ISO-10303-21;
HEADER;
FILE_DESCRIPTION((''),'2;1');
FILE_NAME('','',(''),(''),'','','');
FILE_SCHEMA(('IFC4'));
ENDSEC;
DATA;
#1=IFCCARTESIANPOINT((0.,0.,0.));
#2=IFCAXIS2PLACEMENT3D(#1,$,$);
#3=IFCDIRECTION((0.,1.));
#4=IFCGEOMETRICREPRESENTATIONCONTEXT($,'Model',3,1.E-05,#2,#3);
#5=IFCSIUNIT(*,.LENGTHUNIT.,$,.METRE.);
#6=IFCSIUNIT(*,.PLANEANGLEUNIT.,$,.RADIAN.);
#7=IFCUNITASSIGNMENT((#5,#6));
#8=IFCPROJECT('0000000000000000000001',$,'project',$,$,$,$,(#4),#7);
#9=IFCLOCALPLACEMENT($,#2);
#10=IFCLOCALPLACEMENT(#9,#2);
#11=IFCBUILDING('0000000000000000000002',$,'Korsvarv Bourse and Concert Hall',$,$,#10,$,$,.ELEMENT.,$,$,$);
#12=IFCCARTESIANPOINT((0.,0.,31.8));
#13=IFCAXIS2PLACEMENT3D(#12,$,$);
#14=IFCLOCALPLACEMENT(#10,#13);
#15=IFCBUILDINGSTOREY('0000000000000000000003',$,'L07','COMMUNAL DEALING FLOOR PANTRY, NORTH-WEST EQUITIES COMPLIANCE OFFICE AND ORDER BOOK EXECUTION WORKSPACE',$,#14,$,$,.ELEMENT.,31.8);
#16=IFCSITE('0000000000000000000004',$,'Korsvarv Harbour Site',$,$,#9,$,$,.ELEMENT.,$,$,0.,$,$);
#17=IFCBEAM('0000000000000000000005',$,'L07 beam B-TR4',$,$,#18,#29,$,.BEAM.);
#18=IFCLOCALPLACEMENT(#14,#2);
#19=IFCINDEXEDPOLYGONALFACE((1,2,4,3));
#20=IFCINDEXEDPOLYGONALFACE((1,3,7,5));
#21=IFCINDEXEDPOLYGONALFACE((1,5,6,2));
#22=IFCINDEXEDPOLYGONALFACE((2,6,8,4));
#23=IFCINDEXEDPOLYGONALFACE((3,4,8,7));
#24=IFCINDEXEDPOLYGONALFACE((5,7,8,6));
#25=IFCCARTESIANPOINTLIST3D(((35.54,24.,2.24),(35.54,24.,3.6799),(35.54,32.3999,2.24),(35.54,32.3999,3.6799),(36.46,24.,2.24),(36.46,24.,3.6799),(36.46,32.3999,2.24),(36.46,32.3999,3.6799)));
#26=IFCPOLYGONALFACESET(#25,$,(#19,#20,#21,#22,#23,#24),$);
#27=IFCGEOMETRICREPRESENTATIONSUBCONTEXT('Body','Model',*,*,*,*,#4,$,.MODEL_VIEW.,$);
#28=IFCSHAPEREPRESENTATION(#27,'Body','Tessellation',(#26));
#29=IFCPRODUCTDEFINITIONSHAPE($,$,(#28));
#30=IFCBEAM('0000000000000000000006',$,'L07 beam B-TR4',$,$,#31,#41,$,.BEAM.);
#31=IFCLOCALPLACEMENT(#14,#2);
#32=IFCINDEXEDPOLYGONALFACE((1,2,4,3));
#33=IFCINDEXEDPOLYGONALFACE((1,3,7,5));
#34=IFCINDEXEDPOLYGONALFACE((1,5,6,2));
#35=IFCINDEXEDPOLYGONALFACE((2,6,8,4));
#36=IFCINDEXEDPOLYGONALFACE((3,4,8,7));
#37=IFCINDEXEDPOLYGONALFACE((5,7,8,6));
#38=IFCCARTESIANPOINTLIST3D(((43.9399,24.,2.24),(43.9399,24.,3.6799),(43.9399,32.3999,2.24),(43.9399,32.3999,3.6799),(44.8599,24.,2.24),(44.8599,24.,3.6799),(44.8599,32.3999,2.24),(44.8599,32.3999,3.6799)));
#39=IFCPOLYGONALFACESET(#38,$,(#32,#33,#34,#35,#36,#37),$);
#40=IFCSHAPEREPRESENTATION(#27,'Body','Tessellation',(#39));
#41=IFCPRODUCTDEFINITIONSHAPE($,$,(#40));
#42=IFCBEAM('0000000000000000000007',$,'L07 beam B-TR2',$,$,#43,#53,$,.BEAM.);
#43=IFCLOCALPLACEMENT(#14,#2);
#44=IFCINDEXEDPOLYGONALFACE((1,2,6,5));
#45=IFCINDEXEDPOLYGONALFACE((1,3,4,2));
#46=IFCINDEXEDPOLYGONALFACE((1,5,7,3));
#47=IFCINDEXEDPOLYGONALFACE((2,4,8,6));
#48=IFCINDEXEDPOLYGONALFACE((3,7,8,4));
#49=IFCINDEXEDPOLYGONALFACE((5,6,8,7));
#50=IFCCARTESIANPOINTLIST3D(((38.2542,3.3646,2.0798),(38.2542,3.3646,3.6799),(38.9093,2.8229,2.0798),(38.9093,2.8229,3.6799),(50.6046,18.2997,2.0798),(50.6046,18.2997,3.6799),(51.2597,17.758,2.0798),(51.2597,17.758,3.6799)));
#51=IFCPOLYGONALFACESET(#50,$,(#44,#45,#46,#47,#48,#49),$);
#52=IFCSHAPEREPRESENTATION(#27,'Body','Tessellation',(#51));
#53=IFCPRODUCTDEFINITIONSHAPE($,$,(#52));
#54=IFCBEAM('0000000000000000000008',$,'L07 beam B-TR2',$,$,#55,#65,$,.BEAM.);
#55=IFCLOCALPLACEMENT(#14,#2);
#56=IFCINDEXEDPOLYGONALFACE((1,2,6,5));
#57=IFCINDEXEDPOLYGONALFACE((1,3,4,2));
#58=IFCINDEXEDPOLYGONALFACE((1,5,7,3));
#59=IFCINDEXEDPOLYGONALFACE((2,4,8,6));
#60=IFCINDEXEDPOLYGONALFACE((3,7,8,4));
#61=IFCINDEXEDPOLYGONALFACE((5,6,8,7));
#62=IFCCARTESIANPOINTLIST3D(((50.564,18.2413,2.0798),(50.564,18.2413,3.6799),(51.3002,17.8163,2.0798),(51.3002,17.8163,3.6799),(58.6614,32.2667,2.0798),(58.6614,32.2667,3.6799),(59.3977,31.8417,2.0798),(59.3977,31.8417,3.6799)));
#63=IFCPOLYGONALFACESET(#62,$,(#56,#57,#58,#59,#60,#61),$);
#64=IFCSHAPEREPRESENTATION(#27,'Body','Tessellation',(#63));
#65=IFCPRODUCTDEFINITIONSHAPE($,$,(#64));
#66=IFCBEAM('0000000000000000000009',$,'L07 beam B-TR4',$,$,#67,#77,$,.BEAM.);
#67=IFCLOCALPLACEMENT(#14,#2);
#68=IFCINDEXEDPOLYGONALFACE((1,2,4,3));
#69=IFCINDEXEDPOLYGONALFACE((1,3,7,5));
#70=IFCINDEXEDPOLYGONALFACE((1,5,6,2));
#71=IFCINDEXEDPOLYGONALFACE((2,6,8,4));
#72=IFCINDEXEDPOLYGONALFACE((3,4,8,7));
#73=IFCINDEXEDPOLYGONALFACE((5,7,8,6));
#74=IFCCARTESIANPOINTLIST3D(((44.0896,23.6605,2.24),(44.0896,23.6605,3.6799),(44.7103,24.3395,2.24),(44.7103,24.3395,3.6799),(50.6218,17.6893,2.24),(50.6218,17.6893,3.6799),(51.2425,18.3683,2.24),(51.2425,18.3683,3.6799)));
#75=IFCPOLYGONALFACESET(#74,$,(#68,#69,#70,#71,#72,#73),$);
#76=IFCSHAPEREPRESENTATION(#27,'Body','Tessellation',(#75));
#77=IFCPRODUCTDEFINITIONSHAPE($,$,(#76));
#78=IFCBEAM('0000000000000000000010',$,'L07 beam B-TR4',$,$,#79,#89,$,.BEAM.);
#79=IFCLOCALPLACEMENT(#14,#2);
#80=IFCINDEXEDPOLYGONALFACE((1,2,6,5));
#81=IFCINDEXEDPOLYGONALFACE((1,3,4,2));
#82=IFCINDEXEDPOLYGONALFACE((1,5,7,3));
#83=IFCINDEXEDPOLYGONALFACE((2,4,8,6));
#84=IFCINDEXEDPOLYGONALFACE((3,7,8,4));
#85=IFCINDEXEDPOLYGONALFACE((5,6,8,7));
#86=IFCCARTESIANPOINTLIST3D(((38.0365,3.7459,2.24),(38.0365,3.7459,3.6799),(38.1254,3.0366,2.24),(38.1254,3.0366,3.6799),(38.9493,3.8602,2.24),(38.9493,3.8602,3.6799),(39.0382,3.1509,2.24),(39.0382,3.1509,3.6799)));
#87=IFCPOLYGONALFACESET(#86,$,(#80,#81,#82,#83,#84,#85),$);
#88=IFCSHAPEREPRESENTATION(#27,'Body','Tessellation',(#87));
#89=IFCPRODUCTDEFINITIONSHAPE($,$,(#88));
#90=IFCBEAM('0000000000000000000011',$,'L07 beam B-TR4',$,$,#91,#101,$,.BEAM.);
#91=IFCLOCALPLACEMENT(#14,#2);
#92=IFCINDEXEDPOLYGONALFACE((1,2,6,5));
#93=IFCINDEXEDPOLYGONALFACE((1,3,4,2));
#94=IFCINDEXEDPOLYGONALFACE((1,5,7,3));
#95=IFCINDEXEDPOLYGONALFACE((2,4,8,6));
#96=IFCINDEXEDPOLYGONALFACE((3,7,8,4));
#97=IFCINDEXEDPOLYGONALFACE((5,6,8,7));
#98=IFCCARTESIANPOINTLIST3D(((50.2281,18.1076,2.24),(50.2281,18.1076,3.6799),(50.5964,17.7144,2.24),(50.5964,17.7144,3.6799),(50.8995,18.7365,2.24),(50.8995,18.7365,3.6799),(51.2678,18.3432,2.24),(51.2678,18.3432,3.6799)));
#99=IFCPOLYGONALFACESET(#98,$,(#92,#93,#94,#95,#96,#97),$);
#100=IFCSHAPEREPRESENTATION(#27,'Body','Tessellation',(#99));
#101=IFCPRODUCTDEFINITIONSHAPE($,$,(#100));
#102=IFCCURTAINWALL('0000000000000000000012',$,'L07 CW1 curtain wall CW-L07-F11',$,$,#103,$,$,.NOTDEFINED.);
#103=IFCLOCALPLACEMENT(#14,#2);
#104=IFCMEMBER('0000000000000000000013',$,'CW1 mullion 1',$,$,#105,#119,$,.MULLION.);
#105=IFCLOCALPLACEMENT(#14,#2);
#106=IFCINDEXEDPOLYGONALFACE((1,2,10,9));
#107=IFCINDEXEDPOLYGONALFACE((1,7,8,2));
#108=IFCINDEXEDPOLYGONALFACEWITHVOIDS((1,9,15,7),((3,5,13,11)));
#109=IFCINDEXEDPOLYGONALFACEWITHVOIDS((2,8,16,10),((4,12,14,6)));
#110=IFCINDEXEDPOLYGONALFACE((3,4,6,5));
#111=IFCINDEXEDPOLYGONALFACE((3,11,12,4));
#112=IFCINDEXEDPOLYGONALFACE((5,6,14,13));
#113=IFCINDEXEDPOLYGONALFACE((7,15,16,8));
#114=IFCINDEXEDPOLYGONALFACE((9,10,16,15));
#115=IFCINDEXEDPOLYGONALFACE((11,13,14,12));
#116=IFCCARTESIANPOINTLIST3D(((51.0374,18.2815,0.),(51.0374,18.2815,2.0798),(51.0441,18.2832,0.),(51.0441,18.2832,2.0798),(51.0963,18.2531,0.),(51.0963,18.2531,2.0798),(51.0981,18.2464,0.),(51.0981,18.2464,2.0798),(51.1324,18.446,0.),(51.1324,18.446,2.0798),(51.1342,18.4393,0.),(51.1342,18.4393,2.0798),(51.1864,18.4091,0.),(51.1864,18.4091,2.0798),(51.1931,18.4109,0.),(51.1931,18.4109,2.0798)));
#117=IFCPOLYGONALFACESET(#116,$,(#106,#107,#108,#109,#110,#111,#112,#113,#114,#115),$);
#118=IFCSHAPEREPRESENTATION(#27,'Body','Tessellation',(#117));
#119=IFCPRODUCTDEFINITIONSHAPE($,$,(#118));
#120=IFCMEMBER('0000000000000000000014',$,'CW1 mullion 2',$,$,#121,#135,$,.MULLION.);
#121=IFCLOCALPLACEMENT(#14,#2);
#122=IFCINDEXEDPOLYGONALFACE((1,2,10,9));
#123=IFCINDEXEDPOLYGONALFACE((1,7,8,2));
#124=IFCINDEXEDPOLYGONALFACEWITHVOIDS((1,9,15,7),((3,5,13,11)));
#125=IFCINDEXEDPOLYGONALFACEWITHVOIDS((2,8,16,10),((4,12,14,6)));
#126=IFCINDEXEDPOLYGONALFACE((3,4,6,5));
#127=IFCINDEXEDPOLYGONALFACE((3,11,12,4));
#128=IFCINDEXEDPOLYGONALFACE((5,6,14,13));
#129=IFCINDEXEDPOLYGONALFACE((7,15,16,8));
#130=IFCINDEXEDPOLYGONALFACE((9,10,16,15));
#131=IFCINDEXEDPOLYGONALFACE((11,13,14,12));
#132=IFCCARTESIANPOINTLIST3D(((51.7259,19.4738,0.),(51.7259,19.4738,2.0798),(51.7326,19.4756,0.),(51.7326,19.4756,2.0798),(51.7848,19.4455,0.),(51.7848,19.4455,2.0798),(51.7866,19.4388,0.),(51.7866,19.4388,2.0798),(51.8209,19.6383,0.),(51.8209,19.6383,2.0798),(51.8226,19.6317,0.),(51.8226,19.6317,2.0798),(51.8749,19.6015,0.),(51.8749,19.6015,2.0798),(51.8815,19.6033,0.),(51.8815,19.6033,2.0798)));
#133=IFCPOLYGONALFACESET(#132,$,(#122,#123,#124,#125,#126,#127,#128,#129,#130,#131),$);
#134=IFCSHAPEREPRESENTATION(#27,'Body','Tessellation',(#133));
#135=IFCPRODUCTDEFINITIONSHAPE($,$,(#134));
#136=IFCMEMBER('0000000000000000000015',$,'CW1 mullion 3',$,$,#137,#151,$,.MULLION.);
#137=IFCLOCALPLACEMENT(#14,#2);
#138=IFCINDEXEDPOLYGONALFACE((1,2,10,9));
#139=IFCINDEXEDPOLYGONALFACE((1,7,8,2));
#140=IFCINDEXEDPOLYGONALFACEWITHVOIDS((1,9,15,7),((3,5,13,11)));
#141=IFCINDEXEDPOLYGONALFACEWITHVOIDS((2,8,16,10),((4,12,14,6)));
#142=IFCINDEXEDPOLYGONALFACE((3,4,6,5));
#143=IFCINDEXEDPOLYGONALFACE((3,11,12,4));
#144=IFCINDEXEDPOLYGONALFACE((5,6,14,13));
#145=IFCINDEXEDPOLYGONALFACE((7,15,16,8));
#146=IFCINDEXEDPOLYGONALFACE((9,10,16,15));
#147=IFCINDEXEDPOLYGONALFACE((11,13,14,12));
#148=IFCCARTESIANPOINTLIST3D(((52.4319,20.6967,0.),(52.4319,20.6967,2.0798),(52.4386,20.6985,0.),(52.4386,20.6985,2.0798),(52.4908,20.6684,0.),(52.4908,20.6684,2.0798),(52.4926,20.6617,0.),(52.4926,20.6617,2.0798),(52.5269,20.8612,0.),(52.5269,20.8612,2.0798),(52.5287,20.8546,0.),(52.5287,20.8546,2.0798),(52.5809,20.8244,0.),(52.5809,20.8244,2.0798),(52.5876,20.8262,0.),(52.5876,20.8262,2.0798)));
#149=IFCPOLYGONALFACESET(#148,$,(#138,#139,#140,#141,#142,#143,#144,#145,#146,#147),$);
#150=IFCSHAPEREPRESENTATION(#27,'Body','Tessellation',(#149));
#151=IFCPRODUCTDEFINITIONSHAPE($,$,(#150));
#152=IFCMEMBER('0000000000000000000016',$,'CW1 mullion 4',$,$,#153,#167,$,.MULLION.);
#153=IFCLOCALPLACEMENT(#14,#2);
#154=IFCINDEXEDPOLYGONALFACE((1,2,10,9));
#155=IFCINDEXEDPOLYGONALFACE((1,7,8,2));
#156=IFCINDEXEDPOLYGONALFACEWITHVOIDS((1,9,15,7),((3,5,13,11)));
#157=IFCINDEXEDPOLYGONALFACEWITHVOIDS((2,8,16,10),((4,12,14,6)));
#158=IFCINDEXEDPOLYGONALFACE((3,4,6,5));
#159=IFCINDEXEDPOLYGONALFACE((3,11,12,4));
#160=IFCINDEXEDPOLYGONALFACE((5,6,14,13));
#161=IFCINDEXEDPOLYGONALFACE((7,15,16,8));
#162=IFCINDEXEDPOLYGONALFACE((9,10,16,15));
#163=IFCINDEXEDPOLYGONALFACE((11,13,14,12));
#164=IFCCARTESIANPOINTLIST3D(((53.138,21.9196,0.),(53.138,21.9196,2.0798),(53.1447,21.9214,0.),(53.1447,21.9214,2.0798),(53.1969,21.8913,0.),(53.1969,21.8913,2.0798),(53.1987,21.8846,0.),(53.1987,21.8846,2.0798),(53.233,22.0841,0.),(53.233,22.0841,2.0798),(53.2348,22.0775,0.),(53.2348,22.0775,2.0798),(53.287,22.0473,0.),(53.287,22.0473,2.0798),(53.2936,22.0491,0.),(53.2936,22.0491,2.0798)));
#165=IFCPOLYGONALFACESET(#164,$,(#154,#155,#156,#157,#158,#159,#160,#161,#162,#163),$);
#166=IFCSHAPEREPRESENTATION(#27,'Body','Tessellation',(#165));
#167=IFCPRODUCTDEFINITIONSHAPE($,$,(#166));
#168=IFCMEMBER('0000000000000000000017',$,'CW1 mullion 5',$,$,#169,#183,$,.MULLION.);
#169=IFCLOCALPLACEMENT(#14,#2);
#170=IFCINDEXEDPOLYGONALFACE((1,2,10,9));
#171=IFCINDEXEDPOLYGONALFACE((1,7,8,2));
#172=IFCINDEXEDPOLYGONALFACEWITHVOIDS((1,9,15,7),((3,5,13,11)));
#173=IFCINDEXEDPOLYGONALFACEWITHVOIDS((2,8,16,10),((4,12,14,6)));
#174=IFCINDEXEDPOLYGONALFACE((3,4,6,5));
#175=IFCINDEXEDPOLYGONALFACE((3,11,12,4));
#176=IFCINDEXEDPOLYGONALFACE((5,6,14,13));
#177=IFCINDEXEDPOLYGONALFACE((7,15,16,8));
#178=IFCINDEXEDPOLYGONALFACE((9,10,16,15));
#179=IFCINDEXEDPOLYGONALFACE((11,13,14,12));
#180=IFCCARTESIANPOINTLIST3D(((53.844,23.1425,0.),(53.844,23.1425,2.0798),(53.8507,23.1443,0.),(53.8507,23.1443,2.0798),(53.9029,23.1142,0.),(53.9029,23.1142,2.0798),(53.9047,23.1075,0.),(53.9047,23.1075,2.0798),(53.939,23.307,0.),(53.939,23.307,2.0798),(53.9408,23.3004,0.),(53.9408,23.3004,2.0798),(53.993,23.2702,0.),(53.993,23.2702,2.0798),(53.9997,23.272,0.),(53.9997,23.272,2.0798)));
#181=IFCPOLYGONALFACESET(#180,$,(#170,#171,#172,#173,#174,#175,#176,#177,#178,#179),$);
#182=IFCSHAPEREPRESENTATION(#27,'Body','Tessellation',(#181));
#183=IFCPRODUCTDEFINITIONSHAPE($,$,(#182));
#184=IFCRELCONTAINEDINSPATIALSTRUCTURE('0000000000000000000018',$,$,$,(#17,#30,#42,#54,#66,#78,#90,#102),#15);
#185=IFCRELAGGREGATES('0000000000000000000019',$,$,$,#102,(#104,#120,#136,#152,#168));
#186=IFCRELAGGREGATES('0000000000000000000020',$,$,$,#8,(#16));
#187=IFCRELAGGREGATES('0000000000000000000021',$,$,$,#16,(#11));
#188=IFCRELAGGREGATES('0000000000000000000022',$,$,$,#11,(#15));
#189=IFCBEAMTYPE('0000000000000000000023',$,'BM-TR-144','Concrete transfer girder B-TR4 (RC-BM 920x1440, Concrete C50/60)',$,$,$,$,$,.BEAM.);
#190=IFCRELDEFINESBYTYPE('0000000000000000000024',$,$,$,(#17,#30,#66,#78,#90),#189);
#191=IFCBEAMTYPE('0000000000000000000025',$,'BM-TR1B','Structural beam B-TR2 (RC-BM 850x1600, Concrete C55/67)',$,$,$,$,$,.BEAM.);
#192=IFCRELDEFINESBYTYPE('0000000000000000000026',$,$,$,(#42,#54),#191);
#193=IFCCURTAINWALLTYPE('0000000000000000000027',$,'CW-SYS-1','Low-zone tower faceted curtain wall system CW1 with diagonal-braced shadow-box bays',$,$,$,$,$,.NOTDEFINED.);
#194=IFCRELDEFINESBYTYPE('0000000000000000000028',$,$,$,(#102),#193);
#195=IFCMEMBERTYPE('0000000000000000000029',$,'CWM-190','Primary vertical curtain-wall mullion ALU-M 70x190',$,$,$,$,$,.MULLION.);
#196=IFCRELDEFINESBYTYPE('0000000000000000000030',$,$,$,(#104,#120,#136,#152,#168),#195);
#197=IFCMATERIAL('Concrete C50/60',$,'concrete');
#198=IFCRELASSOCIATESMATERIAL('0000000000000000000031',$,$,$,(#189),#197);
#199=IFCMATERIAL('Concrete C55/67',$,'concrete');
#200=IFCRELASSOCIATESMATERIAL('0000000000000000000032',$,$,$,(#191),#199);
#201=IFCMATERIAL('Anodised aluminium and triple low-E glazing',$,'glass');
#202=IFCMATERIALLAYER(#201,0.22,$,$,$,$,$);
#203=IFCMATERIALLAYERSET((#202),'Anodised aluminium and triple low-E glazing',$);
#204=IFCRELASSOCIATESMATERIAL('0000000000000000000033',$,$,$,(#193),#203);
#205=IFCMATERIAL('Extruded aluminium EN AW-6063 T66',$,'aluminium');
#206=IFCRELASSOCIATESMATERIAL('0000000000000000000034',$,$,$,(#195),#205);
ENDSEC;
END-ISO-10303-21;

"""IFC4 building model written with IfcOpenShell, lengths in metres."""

from ifc_helpers import new_model, si_unit, direction, frame, origin, origin_2d, place, context, subcontext, project, spatial, rectangle, hollow_rectangle, extrude, source, transform, mapped, material, layer, layer_set, material_profile, profile_set, type_object, element, aggregate, save


model = new_model("IFC4")

# Units and contexts
model_context = context("Model", 3, precision=1e-05, world=origin(), true_north=direction((0.0, 1.0)))
body_context = subcontext(model_context, "Body", "Model", "MODEL_VIEW")
ifc_project = project(units=[si_unit("LENGTHUNIT", "METRE"), si_unit("PLANEANGLEUNIT", "RADIAN")], contexts=[model_context])

# Site, building, storey
site_placement = place(None, origin())
site = spatial("IfcSite", under=ifc_project, at=site_placement, Name="Korsvarv Harbour Site", CompositionType="ELEMENT", RefElevation=0.0)
building_placement = place(site_placement, origin())
building = spatial("IfcBuilding", under=site, at=building_placement, Name="Korsvarv Bourse and Concert Hall", CompositionType="ELEMENT")
storey_placement = place(building_placement, frame((0.0, 0.0, 31.8)))
storey = spatial("IfcBuildingStorey", under=building, at=storey_placement, Name="L07", Description="COMMUNAL DEALING FLOOR PANTRY, NORTH-WEST EQUITIES COMPLIANCE OFFICE AND ORDER BOOK EXECUTION WORKSPACE", CompositionType="ELEMENT", Elevation=31.8)

# Beams
ifc_material_1 = material(Name="Concrete C50/60", Category="concrete")
ifc_material_profile_1 = material_profile(ifc_material_1, rectangle(XDim=0.9199, YDim=1.4399, at=origin_2d()), Name="RC-BM 920x1440")
ifc_profile_set_1 = profile_set([ifc_material_profile_1], Name="Concrete C50/60")
beam_type_1 = type_object("IfcBeamType", Name="BM-TR-144", Description="Concrete transfer girder B-TR4 (RC-BM 920x1440, Concrete C50/60)", PredefinedType="BEAM", material=ifc_profile_set_1)
shared_shape_1 = source(origin(), body_context, "Body", "SweptSolid", [
    extrude(rectangle(XDim=0.9199, YDim=1.4399, at=origin_2d()), origin(), (0.0, 0.0, 1.0), 8.3999),
])
for number, where, z_axis, x_axis, name in (
    (1, (36.0, 24.0, 2.96), (0.0, 1.0, 0.0), (-1.0, 0.0, 0.0), "L07 beam B-TR4"),
    (2, (44.3999, 24.0, 2.96), (0.0, 1.0, 0.0), (-1.0, 0.0, 0.0), "L07 beam B-TR4"),
):
    element("IfcBeam", number, at=place(storey_placement, frame(where, z_axis=z_axis, x_axis=x_axis)), inside=storey, type_object=beam_type_1, Name=name, PredefinedType="BEAM", context=body_context, shape_type="MappedRepresentation", body=[
        mapped(shared_shape_1, transform((0.0, 0.0, 0.0), scale=1.0)),
    ])
ifc_material_2 = material(Name="Concrete C55/67", Category="concrete")
ifc_material_profile_2 = material_profile(ifc_material_2, rectangle(XDim=0.8501, YDim=1.6001, at=origin_2d()), Name="RC-BM 850x1600")
ifc_profile_set_2 = profile_set([ifc_material_profile_2], Name="Concrete C55/67")
beam_type_2 = type_object("IfcBeamType", Name="BM-TR1B", Description="Structural beam B-TR2 (RC-BM 850x1600, Concrete C55/67)", PredefinedType="BEAM", material=ifc_profile_set_2)
shared_shape_2 = source(origin(), body_context, "Body", "SweptSolid", [
    extrude(rectangle(XDim=0.8501, YDim=1.6001, at=origin_2d()), origin(), (0.0, 0.0, 1.0), 19.3801),
])
beam_1_placement = place(storey_placement, frame((38.5818, 3.0938, 2.8799), z_axis=(0.63727, 0.77064, 0.0), x_axis=(-0.77064, 0.63727, 0.0)))
element("IfcBeam", 3, at=beam_1_placement, inside=storey, type_object=beam_type_2, Name="L07 beam B-TR2", PredefinedType="BEAM", context=body_context, shape_type="MappedRepresentation", body=[
    mapped(shared_shape_2, transform((0.0, 0.0, 0.0), scale=1.0)),
])
shared_shape_3 = source(origin(), body_context, "Body", "SweptSolid", [
    extrude(rectangle(XDim=0.8501, YDim=1.6001, at=origin_2d()), origin(), (0.0, 0.0, 1.0), 16.1951),
])
beam_2_placement = place(storey_placement, frame((50.9321, 18.0288, 2.8799), z_axis=(0.499993, 0.866029, 0.0), x_axis=(-0.866029, 0.499993, 0.0)))
element("IfcBeam", 4, at=beam_2_placement, inside=storey, type_object=beam_type_2, Name="L07 beam B-TR2", PredefinedType="BEAM", context=body_context, shape_type="MappedRepresentation", body=[
    mapped(shared_shape_3, transform((0.0, 0.0, 0.0), scale=1.0)),
])
shared_shape_4 = source(origin(), body_context, "Body", "SweptSolid", [
    extrude(rectangle(XDim=0.9199, YDim=1.4399, at=origin_2d()), origin(), (0.0, 0.0, 1.0), 8.8501),
])
beam_3_placement = place(storey_placement, frame((50.9321, 18.0288, 2.96), z_axis=(-0.738092, 0.6747, 0.0), x_axis=(-0.6747, -0.738092, 0.0)))
element("IfcBeam", 5, at=beam_3_placement, inside=storey, type_object=beam_type_1, Name="L07 beam B-TR4", PredefinedType="BEAM", context=body_context, shape_type="MappedRepresentation", body=[
    mapped(shared_shape_4, transform((0.0, 0.0, 0.0), scale=1.0)),
])
shared_shape_5 = source(origin(), body_context, "Body", "SweptSolid", [
    extrude(rectangle(XDim=0.9199, YDim=1.4399, at=origin_2d()), origin(), (0.0, 0.0, 1.0), 0.7148),
])
beam_4_placement = place(storey_placement, frame((38.5818, 3.0938, 2.96), z_axis=(-0.124329, 0.992241, 0.0), x_axis=(-0.992241, -0.124329, 0.0)))
element("IfcBeam", 6, at=beam_4_placement, inside=storey, type_object=beam_type_1, Name="L07 beam B-TR4", PredefinedType="BEAM", context=body_context, shape_type="MappedRepresentation", body=[
    mapped(shared_shape_5, transform((0.0, 0.0, 0.0), scale=1.0)),
])
shared_shape_6 = source(origin(), body_context, "Body", "SweptSolid", [
    extrude(rectangle(XDim=0.9199, YDim=1.4399, at=origin_2d()), origin(), (0.0, 0.0, 1.0), 0.5388),
])
beam_5_placement = place(storey_placement, frame((50.9321, 18.0288, 2.96), z_axis=(-0.683625, 0.729834, 0.0), x_axis=(-0.729834, -0.683625, 0.0)))
element("IfcBeam", 7, at=beam_5_placement, inside=storey, type_object=beam_type_1, Name="L07 beam B-TR4", PredefinedType="BEAM", context=body_context, shape_type="MappedRepresentation", body=[
    mapped(shared_shape_6, transform((0.0, 0.0, 0.0), scale=1.0)),
])

# Curtain wall, members
ifc_material_3 = material(Name="Anodised aluminium and triple low-E glazing", Category="glass")
ifc_layer_1 = layer(ifc_material_3, 0.22)
ifc_layer_set_1 = layer_set([ifc_layer_1], Name="Anodised aluminium and triple low-E glazing")
curtain_wall_type = type_object("IfcCurtainWallType", Name="CW-SYS-1", Description="Low-zone tower faceted curtain wall system CW1 with diagonal-braced shadow-box bays", PredefinedType="NOTDEFINED", material=ifc_layer_set_1)
curtain_wall_placement = place(storey_placement, origin())
curtain_wall = element("IfcCurtainWall", 8, at=curtain_wall_placement, inside=storey, type_object=curtain_wall_type, Name="L07 CW1 curtain wall CW-L07-F11", PredefinedType="NOTDEFINED")
ifc_material_4 = material(Name="Extruded aluminium EN AW-6063 T66", Category="aluminium")
ifc_material_profile_3 = material_profile(ifc_material_4, hollow_rectangle(XDim=0.0701, YDim=0.1899, WallThickness=0.0049, at=origin_2d()), Name="ALU-M 70x190")
ifc_profile_set_3 = profile_set([ifc_material_profile_3], Name="Extruded aluminium EN AW-6063 T66")
member_type_1 = type_object("IfcMemberType", Name="CWM-190", Description="Primary vertical curtain-wall mullion ALU-M 70x190", PredefinedType="MULLION", material=ifc_profile_set_3)
shared_shape_7 = source(origin(), body_context, "Body", "SweptSolid", [
    extrude(hollow_rectangle(XDim=0.0701, YDim=0.1899, WallThickness=0.0049, at=origin_2d()), origin(), (0.0, 0.0, 1.0), 2.0798),
])
member_1_placement = place(storey_placement, frame((51.1152, 18.3462, 0.0), z_axis=(0.0, 0.0, 1.0), x_axis=(-0.866029, 0.499995, 0.0)))
member_1 = element("IfcMember", 9, at=member_1_placement, type_object=member_type_1, Name="CW1 mullion 1", PredefinedType="MULLION", context=body_context, shape_type="MappedRepresentation", body=[
    mapped(shared_shape_7, transform((0.0, 0.0, 0.0), scale=1.0)),
])
member_2_placement = place(storey_placement, frame((51.8037, 19.5386, 0.0), z_axis=(0.0, 0.0, 1.0), x_axis=(-0.866029, 0.499995, 0.0)))
member_2 = element("IfcMember", 10, at=member_2_placement, type_object=member_type_1, Name="CW1 mullion 2", PredefinedType="MULLION", context=body_context, shape_type="MappedRepresentation", body=[
    mapped(shared_shape_7, transform((0.0, 0.0, 0.0), scale=1.0)),
])
member_3_placement = place(storey_placement, frame((52.5098, 20.7615, 0.0), z_axis=(0.0, 0.0, 1.0), x_axis=(-0.866029, 0.499995, 0.0)))
member_3 = element("IfcMember", 11, at=member_3_placement, type_object=member_type_1, Name="CW1 mullion 3", PredefinedType="MULLION", context=body_context, shape_type="MappedRepresentation", body=[
    mapped(shared_shape_7, transform((0.0, 0.0, 0.0), scale=1.0)),
])
member_4_placement = place(storey_placement, frame((53.2158, 21.9844, 0.0), z_axis=(0.0, 0.0, 1.0), x_axis=(-0.866029, 0.499995, 0.0)))
member_4 = element("IfcMember", 12, at=member_4_placement, type_object=member_type_1, Name="CW1 mullion 4", PredefinedType="MULLION", context=body_context, shape_type="MappedRepresentation", body=[
    mapped(shared_shape_7, transform((0.0, 0.0, 0.0), scale=1.0)),
])
member_5_placement = place(storey_placement, frame((53.9219, 23.2073, 0.0), z_axis=(0.0, 0.0, 1.0), x_axis=(-0.866029, 0.499995, 0.0)))
member_5 = element("IfcMember", 13, at=member_5_placement, type_object=member_type_1, Name="CW1 mullion 5", PredefinedType="MULLION", context=body_context, shape_type="MappedRepresentation", body=[
    mapped(shared_shape_7, transform((0.0, 0.0, 0.0), scale=1.0)),
])
aggregate(curtain_wall, [member_1, member_2, member_3, member_4, member_5])

save(model, "model.ifc")
